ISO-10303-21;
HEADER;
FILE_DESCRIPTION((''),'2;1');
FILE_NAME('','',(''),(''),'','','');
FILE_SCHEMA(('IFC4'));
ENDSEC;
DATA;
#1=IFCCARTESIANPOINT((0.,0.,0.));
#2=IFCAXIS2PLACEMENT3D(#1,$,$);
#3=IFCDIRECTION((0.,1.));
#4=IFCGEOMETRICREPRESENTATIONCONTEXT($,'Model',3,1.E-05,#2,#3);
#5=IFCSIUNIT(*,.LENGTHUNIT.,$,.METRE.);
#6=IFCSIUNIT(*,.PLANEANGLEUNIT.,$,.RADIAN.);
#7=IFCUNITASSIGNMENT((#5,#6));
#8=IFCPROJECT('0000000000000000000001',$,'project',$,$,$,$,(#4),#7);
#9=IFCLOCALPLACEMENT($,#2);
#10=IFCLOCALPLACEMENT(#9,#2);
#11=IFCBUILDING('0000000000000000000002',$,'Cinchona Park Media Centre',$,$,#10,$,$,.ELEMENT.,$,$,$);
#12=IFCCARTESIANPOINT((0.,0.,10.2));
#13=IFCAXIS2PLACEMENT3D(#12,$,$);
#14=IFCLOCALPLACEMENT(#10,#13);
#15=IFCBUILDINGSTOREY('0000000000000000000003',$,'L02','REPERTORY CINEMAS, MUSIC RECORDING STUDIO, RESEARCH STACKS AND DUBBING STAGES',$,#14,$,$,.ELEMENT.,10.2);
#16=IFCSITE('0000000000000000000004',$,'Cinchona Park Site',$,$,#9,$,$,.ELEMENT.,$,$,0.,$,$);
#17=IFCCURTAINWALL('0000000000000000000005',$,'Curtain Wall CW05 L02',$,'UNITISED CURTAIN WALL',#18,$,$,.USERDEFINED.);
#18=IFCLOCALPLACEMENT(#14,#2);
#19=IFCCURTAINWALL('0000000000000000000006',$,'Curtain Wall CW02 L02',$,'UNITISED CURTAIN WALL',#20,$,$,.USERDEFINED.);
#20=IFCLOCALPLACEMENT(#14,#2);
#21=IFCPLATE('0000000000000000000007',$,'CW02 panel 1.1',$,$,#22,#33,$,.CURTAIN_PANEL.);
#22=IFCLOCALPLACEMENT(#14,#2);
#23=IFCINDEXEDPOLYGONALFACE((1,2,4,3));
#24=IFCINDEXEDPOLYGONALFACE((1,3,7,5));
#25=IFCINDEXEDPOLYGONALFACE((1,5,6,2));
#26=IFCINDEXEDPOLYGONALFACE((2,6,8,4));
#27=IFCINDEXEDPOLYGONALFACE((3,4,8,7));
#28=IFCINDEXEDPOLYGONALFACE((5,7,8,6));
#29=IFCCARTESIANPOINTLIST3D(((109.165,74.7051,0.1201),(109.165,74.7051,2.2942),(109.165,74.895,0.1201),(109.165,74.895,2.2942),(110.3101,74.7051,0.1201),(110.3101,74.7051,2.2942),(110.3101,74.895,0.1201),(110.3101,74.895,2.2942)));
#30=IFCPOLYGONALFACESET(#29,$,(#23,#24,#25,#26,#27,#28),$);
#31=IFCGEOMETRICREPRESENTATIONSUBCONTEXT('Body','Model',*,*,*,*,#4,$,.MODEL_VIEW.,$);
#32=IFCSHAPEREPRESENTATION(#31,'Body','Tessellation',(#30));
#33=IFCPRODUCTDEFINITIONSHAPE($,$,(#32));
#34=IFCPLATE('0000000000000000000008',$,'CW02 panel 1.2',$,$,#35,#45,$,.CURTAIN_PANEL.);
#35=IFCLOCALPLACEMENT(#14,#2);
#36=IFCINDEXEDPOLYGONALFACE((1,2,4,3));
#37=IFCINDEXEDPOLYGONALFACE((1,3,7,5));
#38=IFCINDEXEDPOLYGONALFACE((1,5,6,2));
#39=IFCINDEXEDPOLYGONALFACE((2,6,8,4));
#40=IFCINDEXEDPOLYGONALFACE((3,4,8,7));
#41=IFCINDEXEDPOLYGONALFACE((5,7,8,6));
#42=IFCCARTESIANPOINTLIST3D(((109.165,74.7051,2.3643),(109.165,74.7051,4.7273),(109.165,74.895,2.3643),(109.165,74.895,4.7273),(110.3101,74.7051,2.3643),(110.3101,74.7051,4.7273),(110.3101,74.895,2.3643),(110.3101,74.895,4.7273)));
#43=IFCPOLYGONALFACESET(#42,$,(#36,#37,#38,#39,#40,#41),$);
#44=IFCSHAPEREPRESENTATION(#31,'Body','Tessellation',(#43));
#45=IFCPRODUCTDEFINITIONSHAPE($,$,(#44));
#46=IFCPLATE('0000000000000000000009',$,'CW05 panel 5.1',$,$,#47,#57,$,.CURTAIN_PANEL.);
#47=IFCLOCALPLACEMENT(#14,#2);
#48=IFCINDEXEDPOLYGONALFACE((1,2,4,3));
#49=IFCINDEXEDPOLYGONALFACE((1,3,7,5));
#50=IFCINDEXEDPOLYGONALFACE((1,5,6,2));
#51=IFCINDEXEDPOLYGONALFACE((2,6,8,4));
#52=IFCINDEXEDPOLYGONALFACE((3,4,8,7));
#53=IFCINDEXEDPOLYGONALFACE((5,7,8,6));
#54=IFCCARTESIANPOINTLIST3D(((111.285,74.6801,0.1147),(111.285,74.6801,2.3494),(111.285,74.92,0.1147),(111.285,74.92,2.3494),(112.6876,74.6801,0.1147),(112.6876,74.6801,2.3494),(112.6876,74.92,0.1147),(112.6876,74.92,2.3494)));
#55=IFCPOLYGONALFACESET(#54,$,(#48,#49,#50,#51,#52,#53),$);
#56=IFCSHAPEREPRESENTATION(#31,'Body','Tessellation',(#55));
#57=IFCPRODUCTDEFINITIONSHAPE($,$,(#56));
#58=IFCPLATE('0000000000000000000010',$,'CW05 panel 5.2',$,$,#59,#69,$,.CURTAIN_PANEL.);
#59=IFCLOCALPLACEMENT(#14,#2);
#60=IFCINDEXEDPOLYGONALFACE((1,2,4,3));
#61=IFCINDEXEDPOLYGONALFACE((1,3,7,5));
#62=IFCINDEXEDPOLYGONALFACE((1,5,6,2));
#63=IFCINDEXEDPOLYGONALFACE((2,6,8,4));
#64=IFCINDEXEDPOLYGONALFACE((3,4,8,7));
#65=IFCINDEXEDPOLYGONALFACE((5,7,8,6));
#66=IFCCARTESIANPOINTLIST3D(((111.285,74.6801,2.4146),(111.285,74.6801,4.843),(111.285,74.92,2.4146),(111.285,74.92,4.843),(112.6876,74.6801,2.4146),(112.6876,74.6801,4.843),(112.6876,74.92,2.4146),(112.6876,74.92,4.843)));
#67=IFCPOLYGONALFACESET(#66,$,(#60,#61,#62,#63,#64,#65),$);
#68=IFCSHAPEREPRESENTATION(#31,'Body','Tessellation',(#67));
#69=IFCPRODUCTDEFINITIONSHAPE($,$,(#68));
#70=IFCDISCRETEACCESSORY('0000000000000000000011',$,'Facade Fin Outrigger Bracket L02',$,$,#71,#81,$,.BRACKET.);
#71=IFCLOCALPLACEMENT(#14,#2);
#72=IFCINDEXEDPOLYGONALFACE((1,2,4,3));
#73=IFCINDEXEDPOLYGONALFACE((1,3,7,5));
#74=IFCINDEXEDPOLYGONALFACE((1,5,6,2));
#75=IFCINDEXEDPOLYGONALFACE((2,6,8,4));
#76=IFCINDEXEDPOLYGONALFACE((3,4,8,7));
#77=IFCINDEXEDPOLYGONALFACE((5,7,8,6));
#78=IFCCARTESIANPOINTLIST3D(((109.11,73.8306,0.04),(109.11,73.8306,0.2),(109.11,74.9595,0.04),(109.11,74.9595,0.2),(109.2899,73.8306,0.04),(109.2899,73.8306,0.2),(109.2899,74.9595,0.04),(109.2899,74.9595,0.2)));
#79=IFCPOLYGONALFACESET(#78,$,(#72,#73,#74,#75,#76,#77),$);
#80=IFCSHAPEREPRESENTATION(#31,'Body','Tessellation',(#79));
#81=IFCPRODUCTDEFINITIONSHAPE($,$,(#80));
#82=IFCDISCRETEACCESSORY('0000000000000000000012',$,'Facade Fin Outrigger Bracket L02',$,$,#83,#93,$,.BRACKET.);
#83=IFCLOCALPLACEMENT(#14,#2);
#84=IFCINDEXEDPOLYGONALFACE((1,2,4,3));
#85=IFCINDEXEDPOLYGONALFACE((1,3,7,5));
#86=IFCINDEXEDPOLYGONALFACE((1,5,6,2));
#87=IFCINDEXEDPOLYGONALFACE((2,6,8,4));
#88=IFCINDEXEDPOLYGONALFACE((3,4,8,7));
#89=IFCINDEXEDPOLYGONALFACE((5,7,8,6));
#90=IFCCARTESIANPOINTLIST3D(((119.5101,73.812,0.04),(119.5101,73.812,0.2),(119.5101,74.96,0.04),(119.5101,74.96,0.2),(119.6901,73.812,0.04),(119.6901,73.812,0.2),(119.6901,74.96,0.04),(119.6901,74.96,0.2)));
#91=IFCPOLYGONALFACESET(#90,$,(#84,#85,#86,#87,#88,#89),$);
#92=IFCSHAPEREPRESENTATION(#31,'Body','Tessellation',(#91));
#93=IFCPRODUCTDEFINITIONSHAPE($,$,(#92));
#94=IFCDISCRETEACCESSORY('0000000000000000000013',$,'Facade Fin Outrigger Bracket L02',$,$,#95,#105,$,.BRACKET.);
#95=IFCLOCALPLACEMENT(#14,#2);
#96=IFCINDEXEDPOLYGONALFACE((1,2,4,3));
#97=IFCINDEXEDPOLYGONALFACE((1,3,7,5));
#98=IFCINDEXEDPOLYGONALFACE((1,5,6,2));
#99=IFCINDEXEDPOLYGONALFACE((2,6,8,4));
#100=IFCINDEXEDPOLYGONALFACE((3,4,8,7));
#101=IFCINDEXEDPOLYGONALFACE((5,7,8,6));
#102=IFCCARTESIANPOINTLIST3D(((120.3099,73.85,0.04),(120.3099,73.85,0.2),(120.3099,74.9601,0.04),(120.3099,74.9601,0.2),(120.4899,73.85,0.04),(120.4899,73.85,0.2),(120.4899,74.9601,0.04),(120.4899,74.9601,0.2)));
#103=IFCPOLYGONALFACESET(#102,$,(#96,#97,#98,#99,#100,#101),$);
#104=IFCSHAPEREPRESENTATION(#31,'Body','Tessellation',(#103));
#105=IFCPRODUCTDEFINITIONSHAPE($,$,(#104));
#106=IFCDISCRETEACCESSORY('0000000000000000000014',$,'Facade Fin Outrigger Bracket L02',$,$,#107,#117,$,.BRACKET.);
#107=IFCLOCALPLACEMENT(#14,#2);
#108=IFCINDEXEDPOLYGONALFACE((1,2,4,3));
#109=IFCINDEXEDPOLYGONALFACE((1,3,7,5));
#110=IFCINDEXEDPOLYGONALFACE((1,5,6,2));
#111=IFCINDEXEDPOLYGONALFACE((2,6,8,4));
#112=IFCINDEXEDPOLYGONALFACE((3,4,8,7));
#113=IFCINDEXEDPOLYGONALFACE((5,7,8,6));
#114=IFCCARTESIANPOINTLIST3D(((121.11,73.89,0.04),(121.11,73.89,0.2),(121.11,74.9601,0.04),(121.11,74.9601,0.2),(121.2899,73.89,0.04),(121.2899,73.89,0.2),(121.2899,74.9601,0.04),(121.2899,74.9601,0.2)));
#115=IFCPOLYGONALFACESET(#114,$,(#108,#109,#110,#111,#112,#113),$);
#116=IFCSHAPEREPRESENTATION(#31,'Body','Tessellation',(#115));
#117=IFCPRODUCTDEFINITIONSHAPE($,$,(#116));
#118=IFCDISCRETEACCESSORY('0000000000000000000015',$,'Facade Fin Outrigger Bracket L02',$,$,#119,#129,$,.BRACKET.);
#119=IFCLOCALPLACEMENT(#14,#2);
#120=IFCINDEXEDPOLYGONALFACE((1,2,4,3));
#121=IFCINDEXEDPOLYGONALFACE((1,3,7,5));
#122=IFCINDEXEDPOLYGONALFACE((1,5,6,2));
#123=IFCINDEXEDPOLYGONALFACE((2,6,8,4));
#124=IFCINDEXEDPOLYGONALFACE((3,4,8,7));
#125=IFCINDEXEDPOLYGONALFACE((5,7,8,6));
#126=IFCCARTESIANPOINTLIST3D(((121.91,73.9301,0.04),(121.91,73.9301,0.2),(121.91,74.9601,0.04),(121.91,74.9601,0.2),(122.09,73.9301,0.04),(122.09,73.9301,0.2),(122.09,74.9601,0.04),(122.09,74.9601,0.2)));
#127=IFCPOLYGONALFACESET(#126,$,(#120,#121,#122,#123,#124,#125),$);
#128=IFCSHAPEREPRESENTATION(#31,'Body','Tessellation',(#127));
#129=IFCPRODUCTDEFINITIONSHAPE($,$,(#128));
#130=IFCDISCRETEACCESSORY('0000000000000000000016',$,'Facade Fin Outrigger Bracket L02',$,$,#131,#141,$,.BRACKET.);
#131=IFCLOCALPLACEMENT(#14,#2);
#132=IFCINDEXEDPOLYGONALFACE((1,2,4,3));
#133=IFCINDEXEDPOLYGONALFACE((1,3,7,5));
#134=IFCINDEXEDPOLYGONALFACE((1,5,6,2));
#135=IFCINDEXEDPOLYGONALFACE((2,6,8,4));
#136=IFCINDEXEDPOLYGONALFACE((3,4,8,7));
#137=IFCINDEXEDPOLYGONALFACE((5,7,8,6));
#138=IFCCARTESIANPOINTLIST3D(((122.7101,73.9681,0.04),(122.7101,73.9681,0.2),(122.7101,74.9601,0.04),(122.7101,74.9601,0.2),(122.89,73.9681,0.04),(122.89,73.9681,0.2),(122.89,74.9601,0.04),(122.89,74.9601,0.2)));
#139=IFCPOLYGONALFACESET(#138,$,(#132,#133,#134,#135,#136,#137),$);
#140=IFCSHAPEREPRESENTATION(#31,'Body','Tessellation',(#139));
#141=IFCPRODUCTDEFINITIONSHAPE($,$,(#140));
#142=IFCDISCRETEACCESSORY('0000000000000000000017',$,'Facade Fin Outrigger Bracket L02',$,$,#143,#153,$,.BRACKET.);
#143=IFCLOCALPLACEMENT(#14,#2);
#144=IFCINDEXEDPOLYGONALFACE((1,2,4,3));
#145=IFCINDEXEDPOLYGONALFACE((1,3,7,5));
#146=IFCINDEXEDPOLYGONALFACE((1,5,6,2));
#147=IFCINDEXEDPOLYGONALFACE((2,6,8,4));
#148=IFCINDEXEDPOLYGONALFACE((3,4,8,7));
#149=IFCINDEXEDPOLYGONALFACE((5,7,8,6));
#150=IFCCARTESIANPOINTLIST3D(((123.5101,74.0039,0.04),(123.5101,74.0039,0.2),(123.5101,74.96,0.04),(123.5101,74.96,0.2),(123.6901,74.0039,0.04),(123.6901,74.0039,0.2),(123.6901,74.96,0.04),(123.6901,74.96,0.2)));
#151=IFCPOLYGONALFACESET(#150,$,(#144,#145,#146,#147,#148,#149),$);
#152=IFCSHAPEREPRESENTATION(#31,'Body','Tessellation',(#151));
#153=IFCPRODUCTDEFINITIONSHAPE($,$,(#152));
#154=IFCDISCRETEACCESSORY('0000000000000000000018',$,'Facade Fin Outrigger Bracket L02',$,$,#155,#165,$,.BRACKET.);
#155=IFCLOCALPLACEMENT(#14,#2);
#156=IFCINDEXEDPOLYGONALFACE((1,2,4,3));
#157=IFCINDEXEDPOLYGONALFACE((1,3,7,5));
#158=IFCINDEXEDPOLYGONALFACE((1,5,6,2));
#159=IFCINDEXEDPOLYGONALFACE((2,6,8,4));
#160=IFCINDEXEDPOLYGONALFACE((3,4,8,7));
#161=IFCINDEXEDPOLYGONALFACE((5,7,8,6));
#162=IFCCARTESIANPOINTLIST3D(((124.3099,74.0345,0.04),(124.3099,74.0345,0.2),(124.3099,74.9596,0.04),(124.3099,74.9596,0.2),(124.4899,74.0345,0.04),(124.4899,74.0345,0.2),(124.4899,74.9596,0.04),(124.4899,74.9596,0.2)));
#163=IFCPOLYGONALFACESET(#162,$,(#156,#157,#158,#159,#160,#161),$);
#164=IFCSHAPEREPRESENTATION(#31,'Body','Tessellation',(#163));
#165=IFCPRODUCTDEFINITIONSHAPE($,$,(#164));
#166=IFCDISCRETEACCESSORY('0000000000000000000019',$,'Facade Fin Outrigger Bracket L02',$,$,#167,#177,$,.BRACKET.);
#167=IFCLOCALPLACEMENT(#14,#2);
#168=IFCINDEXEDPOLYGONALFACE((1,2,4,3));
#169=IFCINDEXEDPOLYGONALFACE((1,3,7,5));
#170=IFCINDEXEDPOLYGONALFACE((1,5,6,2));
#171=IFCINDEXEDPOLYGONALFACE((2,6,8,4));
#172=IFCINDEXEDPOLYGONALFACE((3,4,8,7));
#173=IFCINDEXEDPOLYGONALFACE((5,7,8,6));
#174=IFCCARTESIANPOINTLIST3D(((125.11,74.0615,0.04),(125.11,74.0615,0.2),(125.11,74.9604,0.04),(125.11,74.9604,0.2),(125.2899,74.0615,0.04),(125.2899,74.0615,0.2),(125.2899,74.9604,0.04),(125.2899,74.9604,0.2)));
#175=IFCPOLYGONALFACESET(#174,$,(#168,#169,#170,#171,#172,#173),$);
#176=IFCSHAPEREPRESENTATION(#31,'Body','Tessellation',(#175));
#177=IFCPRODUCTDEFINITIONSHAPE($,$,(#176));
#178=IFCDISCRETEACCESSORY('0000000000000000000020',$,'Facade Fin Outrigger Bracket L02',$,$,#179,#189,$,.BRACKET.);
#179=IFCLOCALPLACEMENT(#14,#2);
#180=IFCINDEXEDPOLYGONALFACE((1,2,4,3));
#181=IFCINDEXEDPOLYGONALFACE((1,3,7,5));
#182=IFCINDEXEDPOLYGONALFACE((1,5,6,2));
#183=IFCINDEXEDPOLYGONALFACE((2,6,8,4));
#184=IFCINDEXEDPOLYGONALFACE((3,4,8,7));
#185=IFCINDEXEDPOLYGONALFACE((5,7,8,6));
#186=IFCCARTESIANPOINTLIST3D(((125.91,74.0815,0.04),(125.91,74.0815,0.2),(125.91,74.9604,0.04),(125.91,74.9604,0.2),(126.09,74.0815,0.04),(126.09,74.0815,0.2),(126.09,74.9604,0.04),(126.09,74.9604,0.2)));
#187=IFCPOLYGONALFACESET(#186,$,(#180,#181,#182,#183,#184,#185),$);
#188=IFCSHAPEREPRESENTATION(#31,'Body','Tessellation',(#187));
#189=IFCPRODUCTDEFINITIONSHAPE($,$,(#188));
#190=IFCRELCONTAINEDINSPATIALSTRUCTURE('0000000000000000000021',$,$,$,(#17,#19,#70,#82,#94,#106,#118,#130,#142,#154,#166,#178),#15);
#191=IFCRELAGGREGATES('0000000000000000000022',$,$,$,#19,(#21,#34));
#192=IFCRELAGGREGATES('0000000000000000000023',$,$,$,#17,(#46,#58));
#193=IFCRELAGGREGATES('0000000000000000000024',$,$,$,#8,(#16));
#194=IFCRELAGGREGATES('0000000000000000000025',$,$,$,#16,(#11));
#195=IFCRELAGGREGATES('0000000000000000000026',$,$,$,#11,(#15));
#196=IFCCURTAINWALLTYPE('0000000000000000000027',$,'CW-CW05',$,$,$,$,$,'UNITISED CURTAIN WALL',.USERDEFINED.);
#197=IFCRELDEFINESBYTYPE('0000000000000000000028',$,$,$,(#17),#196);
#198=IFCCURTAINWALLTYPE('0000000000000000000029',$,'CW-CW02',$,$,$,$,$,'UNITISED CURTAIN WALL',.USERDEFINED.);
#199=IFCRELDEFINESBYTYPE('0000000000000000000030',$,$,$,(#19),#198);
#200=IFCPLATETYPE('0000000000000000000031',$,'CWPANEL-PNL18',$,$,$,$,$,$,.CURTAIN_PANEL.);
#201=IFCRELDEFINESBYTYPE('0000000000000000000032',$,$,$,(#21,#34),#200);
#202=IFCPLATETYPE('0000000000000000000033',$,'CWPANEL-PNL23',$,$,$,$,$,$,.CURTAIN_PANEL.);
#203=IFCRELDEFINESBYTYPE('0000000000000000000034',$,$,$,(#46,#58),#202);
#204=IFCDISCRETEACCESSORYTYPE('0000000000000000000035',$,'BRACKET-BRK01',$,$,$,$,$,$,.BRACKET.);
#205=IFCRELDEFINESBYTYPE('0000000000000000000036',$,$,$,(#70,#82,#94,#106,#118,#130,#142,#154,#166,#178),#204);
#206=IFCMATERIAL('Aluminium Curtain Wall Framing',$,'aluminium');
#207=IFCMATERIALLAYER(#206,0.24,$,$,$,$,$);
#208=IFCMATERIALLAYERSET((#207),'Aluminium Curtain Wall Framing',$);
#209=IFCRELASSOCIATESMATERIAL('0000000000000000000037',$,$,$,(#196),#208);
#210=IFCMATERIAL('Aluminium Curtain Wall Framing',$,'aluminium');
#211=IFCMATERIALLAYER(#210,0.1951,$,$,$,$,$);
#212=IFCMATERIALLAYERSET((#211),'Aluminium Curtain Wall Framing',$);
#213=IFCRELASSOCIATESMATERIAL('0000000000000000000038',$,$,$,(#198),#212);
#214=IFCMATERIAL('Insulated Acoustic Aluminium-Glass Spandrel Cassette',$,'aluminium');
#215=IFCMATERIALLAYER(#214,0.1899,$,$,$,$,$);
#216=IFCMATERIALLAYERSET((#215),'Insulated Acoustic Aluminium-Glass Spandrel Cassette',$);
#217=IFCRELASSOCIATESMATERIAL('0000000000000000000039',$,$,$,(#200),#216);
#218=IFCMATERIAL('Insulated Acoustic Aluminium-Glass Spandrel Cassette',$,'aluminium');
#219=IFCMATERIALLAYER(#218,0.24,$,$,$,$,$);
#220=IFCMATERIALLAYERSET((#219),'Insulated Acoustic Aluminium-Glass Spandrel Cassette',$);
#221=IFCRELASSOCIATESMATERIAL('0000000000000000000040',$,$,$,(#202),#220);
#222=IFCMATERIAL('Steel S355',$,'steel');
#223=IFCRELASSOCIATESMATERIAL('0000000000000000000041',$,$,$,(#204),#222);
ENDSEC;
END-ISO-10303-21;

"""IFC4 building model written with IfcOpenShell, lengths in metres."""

from ifc_helpers import new_model, si_unit, direction, frame, origin, origin_2d, place, context, subcontext, project, spatial, rectangle, extrude, material, layer, layer_set, type_object, element, aggregate, save


model = new_model("IFC4")

# Units and contexts
model_context = context("Model", 3, precision=1e-05, world=origin(), true_north=direction((0.0, 1.0)))
body_context = subcontext(model_context, "Body", "Model", "MODEL_VIEW")
ifc_project = project(units=[si_unit("LENGTHUNIT", "METRE"), si_unit("PLANEANGLEUNIT", "RADIAN")], contexts=[model_context])

# Site, building, storey
site_placement = place(None, origin())
site = spatial("IfcSite", under=ifc_project, at=site_placement, Name="Cinchona Park Site", CompositionType="ELEMENT", RefElevation=0.0)
building_placement = place(site_placement, origin())
building = spatial("IfcBuilding", under=site, at=building_placement, Name="Cinchona Park Media Centre", CompositionType="ELEMENT")
storey_placement = place(building_placement, frame((0.0, 0.0, 10.2)))
storey = spatial("IfcBuildingStorey", under=building, at=storey_placement, Name="L02", Description="REPERTORY CINEMAS, MUSIC RECORDING STUDIO, RESEARCH STACKS AND DUBBING STAGES", CompositionType="ELEMENT", Elevation=10.2)

# Curtain wall
ifc_material_1 = material(Name="Aluminium Curtain Wall Framing", Category="aluminium")
ifc_layer_1 = layer(ifc_material_1, 0.24)
ifc_layer_set_1 = layer_set([ifc_layer_1], Name="Aluminium Curtain Wall Framing")
curtain_wall_type_1 = type_object("IfcCurtainWallType", Name="CW-CW05", ElementType="UNITISED CURTAIN WALL", PredefinedType="USERDEFINED", material=ifc_layer_set_1)
curtain_wall_1_placement = place(storey_placement, origin())
curtain_wall_1 = element("IfcCurtainWall", 1, at=curtain_wall_1_placement, inside=storey, type_object=curtain_wall_type_1, Name="Curtain Wall CW05 L02", ObjectType="UNITISED CURTAIN WALL", PredefinedType="USERDEFINED")

# Curtain wall
ifc_material_2 = material(Name="Aluminium Curtain Wall Framing", Category="aluminium")
ifc_layer_2 = layer(ifc_material_2, 0.1951)
ifc_layer_set_2 = layer_set([ifc_layer_2], Name="Aluminium Curtain Wall Framing")
curtain_wall_type_2 = type_object("IfcCurtainWallType", Name="CW-CW02", ElementType="UNITISED CURTAIN WALL", PredefinedType="USERDEFINED", material=ifc_layer_set_2)
curtain_wall_2_placement = place(storey_placement, origin())
curtain_wall_2 = element("IfcCurtainWall", 2, at=curtain_wall_2_placement, inside=storey, type_object=curtain_wall_type_2, Name="Curtain Wall CW02 L02", ObjectType="UNITISED CURTAIN WALL", PredefinedType="USERDEFINED")

# Plates
ifc_material_3 = material(Name="Insulated Acoustic Aluminium-Glass Spandrel Cassette", Category="aluminium")
ifc_layer_3 = layer(ifc_material_3, 0.1899)
ifc_layer_set_3 = layer_set([ifc_layer_3], Name="Insulated Acoustic Aluminium-Glass Spandrel Cassette")
plate_type_1 = type_object("IfcPlateType", Name="CWPANEL-PNL18", PredefinedType="CURTAIN_PANEL", material=ifc_layer_set_3)
plate_1_placement = place(storey_placement, frame((109.7375, 74.8, 0.1201), z_axis=(0.0, 0.0, 1.0), x_axis=(-1.0, 0.0, 0.0)))
plate_1 = element("IfcPlate", 3, at=plate_1_placement, type_object=plate_type_1, Name="CW02 panel 1.1", PredefinedType="CURTAIN_PANEL", context=body_context, shape_type="SweptSolid", body=[
    extrude(rectangle(XDim=1.145, YDim=0.1899, at=origin_2d()), origin(), (0.0, 0.0, 1.0), 2.1741),
])
plate_2_placement = place(storey_placement, frame((109.7375, 74.8, 2.3643), z_axis=(0.0, 0.0, 1.0), x_axis=(-1.0, 0.0, 0.0)))
plate_2 = element("IfcPlate", 4, at=plate_2_placement, type_object=plate_type_1, Name="CW02 panel 1.2", PredefinedType="CURTAIN_PANEL", context=body_context, shape_type="SweptSolid", body=[
    extrude(rectangle(XDim=1.145, YDim=0.1899, at=origin_2d()), origin(), (0.0, 0.0, 1.0), 2.363),
])
aggregate(curtain_wall_2, [plate_1, plate_2])
ifc_material_4 = material(Name="Insulated Acoustic Aluminium-Glass Spandrel Cassette", Category="aluminium")
ifc_layer_4 = layer(ifc_material_4, 0.24)
ifc_layer_set_4 = layer_set([ifc_layer_4], Name="Insulated Acoustic Aluminium-Glass Spandrel Cassette")
plate_type_2 = type_object("IfcPlateType", Name="CWPANEL-PNL23", PredefinedType="CURTAIN_PANEL", material=ifc_layer_set_4)
plate_3_placement = place(storey_placement, frame((111.9863, 74.8, 0.1147), z_axis=(0.0, 0.0, 1.0), x_axis=(-1.0, 0.0, 0.0)))
plate_3 = element("IfcPlate", 5, at=plate_3_placement, type_object=plate_type_2, Name="CW05 panel 5.1", PredefinedType="CURTAIN_PANEL", context=body_context, shape_type="SweptSolid", body=[
    extrude(rectangle(XDim=1.4026, YDim=0.24, at=origin_2d()), origin(), (0.0, 0.0, 1.0), 2.2346),
])
plate_4_placement = place(storey_placement, frame((111.9863, 74.8, 2.4146), z_axis=(0.0, 0.0, 1.0), x_axis=(-1.0, 0.0, 0.0)))
plate_4 = element("IfcPlate", 6, at=plate_4_placement, type_object=plate_type_2, Name="CW05 panel 5.2", PredefinedType="CURTAIN_PANEL", context=body_context, shape_type="SweptSolid", body=[
    extrude(rectangle(XDim=1.4026, YDim=0.24, at=origin_2d()), origin(), (0.0, 0.0, 1.0), 2.4285),
])
aggregate(curtain_wall_1, [plate_3, plate_4])

# Discrete accessories
ifc_material_5 = material(Name="Steel S355", Category="steel")
discrete_accessory_type = type_object("IfcDiscreteAccessoryType", Name="BRACKET-BRK01", PredefinedType="BRACKET", material=ifc_material_5)
discrete_accessory_1_placement = place(storey_placement, frame((109.2, 74.395, 0.04), z_axis=(0.0, 0.0, 1.0), x_axis=(1.0, 0.0, 0.0)))
element("IfcDiscreteAccessory", 7, at=discrete_accessory_1_placement, inside=storey, type_object=discrete_accessory_type, Name="Facade Fin Outrigger Bracket L02", PredefinedType="BRACKET", context=body_context, shape_type="SweptSolid", body=[
    extrude(rectangle(XDim=0.1799, YDim=1.1289, at=origin_2d()), origin(), (0.0, 0.0, 1.0), 0.1599),
])
discrete_accessory_2_placement = place(storey_placement, frame((119.6001, 74.386, 0.04), z_axis=(0.0, 0.0, 1.0), x_axis=(1.0, 0.0, 0.0)))
element("IfcDiscreteAccessory", 8, at=discrete_accessory_2_placement, inside=storey, type_object=discrete_accessory_type, Name="Facade Fin Outrigger Bracket L02", PredefinedType="BRACKET", context=body_context, shape_type="SweptSolid", body=[
    extrude(rectangle(XDim=0.1799, YDim=1.1479, at=origin_2d()), origin(), (0.0, 0.0, 1.0), 0.1599),
])
discrete_accessory_3_placement = place(storey_placement, frame((120.3999, 74.405, 0.04), z_axis=(0.0, 0.0, 1.0), x_axis=(1.0, 0.0, 0.0)))
element("IfcDiscreteAccessory", 9, at=discrete_accessory_3_placement, inside=storey, type_object=discrete_accessory_type, Name="Facade Fin Outrigger Bracket L02", PredefinedType="BRACKET", context=body_context, shape_type="SweptSolid", body=[
    extrude(rectangle(XDim=0.1799, YDim=1.1101, at=origin_2d()), origin(), (0.0, 0.0, 1.0), 0.1599),
])
discrete_accessory_4_placement = place(storey_placement, frame((121.2, 74.425, 0.04), z_axis=(0.0, 0.0, 1.0), x_axis=(1.0, 0.0, 0.0)))
element("IfcDiscreteAccessory", 10, at=discrete_accessory_4_placement, inside=storey, type_object=discrete_accessory_type, Name="Facade Fin Outrigger Bracket L02", PredefinedType="BRACKET", context=body_context, shape_type="SweptSolid", body=[
    extrude(rectangle(XDim=0.1799, YDim=1.0701, at=origin_2d()), origin(), (0.0, 0.0, 1.0), 0.1599),
])
discrete_accessory_5_placement = place(storey_placement, frame((122.0, 74.4451, 0.04), z_axis=(0.0, 0.0, 1.0), x_axis=(1.0, 0.0, 0.0)))
element("IfcDiscreteAccessory", 11, at=discrete_accessory_5_placement, inside=storey, type_object=discrete_accessory_type, Name="Facade Fin Outrigger Bracket L02", PredefinedType="BRACKET", context=body_context, shape_type="SweptSolid", body=[
    extrude(rectangle(XDim=0.1799, YDim=1.03, at=origin_2d()), origin(), (0.0, 0.0, 1.0), 0.1599),
])
discrete_accessory_6_placement = place(storey_placement, frame((122.8, 74.4641, 0.04), z_axis=(0.0, 0.0, 1.0), x_axis=(1.0, 0.0, 0.0)))
element("IfcDiscreteAccessory", 12, at=discrete_accessory_6_placement, inside=storey, type_object=discrete_accessory_type, Name="Facade Fin Outrigger Bracket L02", PredefinedType="BRACKET", context=body_context, shape_type="SweptSolid", body=[
    extrude(rectangle(XDim=0.1799, YDim=0.9919, at=origin_2d()), origin(), (0.0, 0.0, 1.0), 0.1599),
])
discrete_accessory_7_placement = place(storey_placement, frame((123.6001, 74.4819, 0.04), z_axis=(0.0, 0.0, 1.0), x_axis=(1.0, 0.0, 0.0)))
element("IfcDiscreteAccessory", 13, at=discrete_accessory_7_placement, inside=storey, type_object=discrete_accessory_type, Name="Facade Fin Outrigger Bracket L02", PredefinedType="BRACKET", context=body_context, shape_type="SweptSolid", body=[
    extrude(rectangle(XDim=0.1799, YDim=0.9561, at=origin_2d()), origin(), (0.0, 0.0, 1.0), 0.1599),
])
discrete_accessory_8_placement = place(storey_placement, frame((124.3999, 74.4971, 0.04), z_axis=(0.0, 0.0, 1.0), x_axis=(1.0, 0.0, 0.0)))
element("IfcDiscreteAccessory", 14, at=discrete_accessory_8_placement, inside=storey, type_object=discrete_accessory_type, Name="Facade Fin Outrigger Bracket L02", PredefinedType="BRACKET", context=body_context, shape_type="SweptSolid", body=[
    extrude(rectangle(XDim=0.1799, YDim=0.925, at=origin_2d()), origin(), (0.0, 0.0, 1.0), 0.1599),
])
discrete_accessory_9_placement = place(storey_placement, frame((125.2, 74.511, 0.04), z_axis=(0.0, 0.0, 1.0), x_axis=(1.0, 0.0, 0.0)))
element("IfcDiscreteAccessory", 15, at=discrete_accessory_9_placement, inside=storey, type_object=discrete_accessory_type, Name="Facade Fin Outrigger Bracket L02", PredefinedType="BRACKET", context=body_context, shape_type="SweptSolid", body=[
    extrude(rectangle(XDim=0.1799, YDim=0.8989, at=origin_2d()), origin(), (0.0, 0.0, 1.0), 0.1599),
])
discrete_accessory_10_placement = place(storey_placement, frame((126.0, 74.521, 0.04), z_axis=(0.0, 0.0, 1.0), x_axis=(1.0, 0.0, 0.0)))
element("IfcDiscreteAccessory", 16, at=discrete_accessory_10_placement, inside=storey, type_object=discrete_accessory_type, Name="Facade Fin Outrigger Bracket L02", PredefinedType="BRACKET", context=body_context, shape_type="SweptSolid", body=[
    extrude(rectangle(XDim=0.1799, YDim=0.8789, at=origin_2d()), origin(), (0.0, 0.0, 1.0), 0.1599),
])

save(model, "model.ifc")
